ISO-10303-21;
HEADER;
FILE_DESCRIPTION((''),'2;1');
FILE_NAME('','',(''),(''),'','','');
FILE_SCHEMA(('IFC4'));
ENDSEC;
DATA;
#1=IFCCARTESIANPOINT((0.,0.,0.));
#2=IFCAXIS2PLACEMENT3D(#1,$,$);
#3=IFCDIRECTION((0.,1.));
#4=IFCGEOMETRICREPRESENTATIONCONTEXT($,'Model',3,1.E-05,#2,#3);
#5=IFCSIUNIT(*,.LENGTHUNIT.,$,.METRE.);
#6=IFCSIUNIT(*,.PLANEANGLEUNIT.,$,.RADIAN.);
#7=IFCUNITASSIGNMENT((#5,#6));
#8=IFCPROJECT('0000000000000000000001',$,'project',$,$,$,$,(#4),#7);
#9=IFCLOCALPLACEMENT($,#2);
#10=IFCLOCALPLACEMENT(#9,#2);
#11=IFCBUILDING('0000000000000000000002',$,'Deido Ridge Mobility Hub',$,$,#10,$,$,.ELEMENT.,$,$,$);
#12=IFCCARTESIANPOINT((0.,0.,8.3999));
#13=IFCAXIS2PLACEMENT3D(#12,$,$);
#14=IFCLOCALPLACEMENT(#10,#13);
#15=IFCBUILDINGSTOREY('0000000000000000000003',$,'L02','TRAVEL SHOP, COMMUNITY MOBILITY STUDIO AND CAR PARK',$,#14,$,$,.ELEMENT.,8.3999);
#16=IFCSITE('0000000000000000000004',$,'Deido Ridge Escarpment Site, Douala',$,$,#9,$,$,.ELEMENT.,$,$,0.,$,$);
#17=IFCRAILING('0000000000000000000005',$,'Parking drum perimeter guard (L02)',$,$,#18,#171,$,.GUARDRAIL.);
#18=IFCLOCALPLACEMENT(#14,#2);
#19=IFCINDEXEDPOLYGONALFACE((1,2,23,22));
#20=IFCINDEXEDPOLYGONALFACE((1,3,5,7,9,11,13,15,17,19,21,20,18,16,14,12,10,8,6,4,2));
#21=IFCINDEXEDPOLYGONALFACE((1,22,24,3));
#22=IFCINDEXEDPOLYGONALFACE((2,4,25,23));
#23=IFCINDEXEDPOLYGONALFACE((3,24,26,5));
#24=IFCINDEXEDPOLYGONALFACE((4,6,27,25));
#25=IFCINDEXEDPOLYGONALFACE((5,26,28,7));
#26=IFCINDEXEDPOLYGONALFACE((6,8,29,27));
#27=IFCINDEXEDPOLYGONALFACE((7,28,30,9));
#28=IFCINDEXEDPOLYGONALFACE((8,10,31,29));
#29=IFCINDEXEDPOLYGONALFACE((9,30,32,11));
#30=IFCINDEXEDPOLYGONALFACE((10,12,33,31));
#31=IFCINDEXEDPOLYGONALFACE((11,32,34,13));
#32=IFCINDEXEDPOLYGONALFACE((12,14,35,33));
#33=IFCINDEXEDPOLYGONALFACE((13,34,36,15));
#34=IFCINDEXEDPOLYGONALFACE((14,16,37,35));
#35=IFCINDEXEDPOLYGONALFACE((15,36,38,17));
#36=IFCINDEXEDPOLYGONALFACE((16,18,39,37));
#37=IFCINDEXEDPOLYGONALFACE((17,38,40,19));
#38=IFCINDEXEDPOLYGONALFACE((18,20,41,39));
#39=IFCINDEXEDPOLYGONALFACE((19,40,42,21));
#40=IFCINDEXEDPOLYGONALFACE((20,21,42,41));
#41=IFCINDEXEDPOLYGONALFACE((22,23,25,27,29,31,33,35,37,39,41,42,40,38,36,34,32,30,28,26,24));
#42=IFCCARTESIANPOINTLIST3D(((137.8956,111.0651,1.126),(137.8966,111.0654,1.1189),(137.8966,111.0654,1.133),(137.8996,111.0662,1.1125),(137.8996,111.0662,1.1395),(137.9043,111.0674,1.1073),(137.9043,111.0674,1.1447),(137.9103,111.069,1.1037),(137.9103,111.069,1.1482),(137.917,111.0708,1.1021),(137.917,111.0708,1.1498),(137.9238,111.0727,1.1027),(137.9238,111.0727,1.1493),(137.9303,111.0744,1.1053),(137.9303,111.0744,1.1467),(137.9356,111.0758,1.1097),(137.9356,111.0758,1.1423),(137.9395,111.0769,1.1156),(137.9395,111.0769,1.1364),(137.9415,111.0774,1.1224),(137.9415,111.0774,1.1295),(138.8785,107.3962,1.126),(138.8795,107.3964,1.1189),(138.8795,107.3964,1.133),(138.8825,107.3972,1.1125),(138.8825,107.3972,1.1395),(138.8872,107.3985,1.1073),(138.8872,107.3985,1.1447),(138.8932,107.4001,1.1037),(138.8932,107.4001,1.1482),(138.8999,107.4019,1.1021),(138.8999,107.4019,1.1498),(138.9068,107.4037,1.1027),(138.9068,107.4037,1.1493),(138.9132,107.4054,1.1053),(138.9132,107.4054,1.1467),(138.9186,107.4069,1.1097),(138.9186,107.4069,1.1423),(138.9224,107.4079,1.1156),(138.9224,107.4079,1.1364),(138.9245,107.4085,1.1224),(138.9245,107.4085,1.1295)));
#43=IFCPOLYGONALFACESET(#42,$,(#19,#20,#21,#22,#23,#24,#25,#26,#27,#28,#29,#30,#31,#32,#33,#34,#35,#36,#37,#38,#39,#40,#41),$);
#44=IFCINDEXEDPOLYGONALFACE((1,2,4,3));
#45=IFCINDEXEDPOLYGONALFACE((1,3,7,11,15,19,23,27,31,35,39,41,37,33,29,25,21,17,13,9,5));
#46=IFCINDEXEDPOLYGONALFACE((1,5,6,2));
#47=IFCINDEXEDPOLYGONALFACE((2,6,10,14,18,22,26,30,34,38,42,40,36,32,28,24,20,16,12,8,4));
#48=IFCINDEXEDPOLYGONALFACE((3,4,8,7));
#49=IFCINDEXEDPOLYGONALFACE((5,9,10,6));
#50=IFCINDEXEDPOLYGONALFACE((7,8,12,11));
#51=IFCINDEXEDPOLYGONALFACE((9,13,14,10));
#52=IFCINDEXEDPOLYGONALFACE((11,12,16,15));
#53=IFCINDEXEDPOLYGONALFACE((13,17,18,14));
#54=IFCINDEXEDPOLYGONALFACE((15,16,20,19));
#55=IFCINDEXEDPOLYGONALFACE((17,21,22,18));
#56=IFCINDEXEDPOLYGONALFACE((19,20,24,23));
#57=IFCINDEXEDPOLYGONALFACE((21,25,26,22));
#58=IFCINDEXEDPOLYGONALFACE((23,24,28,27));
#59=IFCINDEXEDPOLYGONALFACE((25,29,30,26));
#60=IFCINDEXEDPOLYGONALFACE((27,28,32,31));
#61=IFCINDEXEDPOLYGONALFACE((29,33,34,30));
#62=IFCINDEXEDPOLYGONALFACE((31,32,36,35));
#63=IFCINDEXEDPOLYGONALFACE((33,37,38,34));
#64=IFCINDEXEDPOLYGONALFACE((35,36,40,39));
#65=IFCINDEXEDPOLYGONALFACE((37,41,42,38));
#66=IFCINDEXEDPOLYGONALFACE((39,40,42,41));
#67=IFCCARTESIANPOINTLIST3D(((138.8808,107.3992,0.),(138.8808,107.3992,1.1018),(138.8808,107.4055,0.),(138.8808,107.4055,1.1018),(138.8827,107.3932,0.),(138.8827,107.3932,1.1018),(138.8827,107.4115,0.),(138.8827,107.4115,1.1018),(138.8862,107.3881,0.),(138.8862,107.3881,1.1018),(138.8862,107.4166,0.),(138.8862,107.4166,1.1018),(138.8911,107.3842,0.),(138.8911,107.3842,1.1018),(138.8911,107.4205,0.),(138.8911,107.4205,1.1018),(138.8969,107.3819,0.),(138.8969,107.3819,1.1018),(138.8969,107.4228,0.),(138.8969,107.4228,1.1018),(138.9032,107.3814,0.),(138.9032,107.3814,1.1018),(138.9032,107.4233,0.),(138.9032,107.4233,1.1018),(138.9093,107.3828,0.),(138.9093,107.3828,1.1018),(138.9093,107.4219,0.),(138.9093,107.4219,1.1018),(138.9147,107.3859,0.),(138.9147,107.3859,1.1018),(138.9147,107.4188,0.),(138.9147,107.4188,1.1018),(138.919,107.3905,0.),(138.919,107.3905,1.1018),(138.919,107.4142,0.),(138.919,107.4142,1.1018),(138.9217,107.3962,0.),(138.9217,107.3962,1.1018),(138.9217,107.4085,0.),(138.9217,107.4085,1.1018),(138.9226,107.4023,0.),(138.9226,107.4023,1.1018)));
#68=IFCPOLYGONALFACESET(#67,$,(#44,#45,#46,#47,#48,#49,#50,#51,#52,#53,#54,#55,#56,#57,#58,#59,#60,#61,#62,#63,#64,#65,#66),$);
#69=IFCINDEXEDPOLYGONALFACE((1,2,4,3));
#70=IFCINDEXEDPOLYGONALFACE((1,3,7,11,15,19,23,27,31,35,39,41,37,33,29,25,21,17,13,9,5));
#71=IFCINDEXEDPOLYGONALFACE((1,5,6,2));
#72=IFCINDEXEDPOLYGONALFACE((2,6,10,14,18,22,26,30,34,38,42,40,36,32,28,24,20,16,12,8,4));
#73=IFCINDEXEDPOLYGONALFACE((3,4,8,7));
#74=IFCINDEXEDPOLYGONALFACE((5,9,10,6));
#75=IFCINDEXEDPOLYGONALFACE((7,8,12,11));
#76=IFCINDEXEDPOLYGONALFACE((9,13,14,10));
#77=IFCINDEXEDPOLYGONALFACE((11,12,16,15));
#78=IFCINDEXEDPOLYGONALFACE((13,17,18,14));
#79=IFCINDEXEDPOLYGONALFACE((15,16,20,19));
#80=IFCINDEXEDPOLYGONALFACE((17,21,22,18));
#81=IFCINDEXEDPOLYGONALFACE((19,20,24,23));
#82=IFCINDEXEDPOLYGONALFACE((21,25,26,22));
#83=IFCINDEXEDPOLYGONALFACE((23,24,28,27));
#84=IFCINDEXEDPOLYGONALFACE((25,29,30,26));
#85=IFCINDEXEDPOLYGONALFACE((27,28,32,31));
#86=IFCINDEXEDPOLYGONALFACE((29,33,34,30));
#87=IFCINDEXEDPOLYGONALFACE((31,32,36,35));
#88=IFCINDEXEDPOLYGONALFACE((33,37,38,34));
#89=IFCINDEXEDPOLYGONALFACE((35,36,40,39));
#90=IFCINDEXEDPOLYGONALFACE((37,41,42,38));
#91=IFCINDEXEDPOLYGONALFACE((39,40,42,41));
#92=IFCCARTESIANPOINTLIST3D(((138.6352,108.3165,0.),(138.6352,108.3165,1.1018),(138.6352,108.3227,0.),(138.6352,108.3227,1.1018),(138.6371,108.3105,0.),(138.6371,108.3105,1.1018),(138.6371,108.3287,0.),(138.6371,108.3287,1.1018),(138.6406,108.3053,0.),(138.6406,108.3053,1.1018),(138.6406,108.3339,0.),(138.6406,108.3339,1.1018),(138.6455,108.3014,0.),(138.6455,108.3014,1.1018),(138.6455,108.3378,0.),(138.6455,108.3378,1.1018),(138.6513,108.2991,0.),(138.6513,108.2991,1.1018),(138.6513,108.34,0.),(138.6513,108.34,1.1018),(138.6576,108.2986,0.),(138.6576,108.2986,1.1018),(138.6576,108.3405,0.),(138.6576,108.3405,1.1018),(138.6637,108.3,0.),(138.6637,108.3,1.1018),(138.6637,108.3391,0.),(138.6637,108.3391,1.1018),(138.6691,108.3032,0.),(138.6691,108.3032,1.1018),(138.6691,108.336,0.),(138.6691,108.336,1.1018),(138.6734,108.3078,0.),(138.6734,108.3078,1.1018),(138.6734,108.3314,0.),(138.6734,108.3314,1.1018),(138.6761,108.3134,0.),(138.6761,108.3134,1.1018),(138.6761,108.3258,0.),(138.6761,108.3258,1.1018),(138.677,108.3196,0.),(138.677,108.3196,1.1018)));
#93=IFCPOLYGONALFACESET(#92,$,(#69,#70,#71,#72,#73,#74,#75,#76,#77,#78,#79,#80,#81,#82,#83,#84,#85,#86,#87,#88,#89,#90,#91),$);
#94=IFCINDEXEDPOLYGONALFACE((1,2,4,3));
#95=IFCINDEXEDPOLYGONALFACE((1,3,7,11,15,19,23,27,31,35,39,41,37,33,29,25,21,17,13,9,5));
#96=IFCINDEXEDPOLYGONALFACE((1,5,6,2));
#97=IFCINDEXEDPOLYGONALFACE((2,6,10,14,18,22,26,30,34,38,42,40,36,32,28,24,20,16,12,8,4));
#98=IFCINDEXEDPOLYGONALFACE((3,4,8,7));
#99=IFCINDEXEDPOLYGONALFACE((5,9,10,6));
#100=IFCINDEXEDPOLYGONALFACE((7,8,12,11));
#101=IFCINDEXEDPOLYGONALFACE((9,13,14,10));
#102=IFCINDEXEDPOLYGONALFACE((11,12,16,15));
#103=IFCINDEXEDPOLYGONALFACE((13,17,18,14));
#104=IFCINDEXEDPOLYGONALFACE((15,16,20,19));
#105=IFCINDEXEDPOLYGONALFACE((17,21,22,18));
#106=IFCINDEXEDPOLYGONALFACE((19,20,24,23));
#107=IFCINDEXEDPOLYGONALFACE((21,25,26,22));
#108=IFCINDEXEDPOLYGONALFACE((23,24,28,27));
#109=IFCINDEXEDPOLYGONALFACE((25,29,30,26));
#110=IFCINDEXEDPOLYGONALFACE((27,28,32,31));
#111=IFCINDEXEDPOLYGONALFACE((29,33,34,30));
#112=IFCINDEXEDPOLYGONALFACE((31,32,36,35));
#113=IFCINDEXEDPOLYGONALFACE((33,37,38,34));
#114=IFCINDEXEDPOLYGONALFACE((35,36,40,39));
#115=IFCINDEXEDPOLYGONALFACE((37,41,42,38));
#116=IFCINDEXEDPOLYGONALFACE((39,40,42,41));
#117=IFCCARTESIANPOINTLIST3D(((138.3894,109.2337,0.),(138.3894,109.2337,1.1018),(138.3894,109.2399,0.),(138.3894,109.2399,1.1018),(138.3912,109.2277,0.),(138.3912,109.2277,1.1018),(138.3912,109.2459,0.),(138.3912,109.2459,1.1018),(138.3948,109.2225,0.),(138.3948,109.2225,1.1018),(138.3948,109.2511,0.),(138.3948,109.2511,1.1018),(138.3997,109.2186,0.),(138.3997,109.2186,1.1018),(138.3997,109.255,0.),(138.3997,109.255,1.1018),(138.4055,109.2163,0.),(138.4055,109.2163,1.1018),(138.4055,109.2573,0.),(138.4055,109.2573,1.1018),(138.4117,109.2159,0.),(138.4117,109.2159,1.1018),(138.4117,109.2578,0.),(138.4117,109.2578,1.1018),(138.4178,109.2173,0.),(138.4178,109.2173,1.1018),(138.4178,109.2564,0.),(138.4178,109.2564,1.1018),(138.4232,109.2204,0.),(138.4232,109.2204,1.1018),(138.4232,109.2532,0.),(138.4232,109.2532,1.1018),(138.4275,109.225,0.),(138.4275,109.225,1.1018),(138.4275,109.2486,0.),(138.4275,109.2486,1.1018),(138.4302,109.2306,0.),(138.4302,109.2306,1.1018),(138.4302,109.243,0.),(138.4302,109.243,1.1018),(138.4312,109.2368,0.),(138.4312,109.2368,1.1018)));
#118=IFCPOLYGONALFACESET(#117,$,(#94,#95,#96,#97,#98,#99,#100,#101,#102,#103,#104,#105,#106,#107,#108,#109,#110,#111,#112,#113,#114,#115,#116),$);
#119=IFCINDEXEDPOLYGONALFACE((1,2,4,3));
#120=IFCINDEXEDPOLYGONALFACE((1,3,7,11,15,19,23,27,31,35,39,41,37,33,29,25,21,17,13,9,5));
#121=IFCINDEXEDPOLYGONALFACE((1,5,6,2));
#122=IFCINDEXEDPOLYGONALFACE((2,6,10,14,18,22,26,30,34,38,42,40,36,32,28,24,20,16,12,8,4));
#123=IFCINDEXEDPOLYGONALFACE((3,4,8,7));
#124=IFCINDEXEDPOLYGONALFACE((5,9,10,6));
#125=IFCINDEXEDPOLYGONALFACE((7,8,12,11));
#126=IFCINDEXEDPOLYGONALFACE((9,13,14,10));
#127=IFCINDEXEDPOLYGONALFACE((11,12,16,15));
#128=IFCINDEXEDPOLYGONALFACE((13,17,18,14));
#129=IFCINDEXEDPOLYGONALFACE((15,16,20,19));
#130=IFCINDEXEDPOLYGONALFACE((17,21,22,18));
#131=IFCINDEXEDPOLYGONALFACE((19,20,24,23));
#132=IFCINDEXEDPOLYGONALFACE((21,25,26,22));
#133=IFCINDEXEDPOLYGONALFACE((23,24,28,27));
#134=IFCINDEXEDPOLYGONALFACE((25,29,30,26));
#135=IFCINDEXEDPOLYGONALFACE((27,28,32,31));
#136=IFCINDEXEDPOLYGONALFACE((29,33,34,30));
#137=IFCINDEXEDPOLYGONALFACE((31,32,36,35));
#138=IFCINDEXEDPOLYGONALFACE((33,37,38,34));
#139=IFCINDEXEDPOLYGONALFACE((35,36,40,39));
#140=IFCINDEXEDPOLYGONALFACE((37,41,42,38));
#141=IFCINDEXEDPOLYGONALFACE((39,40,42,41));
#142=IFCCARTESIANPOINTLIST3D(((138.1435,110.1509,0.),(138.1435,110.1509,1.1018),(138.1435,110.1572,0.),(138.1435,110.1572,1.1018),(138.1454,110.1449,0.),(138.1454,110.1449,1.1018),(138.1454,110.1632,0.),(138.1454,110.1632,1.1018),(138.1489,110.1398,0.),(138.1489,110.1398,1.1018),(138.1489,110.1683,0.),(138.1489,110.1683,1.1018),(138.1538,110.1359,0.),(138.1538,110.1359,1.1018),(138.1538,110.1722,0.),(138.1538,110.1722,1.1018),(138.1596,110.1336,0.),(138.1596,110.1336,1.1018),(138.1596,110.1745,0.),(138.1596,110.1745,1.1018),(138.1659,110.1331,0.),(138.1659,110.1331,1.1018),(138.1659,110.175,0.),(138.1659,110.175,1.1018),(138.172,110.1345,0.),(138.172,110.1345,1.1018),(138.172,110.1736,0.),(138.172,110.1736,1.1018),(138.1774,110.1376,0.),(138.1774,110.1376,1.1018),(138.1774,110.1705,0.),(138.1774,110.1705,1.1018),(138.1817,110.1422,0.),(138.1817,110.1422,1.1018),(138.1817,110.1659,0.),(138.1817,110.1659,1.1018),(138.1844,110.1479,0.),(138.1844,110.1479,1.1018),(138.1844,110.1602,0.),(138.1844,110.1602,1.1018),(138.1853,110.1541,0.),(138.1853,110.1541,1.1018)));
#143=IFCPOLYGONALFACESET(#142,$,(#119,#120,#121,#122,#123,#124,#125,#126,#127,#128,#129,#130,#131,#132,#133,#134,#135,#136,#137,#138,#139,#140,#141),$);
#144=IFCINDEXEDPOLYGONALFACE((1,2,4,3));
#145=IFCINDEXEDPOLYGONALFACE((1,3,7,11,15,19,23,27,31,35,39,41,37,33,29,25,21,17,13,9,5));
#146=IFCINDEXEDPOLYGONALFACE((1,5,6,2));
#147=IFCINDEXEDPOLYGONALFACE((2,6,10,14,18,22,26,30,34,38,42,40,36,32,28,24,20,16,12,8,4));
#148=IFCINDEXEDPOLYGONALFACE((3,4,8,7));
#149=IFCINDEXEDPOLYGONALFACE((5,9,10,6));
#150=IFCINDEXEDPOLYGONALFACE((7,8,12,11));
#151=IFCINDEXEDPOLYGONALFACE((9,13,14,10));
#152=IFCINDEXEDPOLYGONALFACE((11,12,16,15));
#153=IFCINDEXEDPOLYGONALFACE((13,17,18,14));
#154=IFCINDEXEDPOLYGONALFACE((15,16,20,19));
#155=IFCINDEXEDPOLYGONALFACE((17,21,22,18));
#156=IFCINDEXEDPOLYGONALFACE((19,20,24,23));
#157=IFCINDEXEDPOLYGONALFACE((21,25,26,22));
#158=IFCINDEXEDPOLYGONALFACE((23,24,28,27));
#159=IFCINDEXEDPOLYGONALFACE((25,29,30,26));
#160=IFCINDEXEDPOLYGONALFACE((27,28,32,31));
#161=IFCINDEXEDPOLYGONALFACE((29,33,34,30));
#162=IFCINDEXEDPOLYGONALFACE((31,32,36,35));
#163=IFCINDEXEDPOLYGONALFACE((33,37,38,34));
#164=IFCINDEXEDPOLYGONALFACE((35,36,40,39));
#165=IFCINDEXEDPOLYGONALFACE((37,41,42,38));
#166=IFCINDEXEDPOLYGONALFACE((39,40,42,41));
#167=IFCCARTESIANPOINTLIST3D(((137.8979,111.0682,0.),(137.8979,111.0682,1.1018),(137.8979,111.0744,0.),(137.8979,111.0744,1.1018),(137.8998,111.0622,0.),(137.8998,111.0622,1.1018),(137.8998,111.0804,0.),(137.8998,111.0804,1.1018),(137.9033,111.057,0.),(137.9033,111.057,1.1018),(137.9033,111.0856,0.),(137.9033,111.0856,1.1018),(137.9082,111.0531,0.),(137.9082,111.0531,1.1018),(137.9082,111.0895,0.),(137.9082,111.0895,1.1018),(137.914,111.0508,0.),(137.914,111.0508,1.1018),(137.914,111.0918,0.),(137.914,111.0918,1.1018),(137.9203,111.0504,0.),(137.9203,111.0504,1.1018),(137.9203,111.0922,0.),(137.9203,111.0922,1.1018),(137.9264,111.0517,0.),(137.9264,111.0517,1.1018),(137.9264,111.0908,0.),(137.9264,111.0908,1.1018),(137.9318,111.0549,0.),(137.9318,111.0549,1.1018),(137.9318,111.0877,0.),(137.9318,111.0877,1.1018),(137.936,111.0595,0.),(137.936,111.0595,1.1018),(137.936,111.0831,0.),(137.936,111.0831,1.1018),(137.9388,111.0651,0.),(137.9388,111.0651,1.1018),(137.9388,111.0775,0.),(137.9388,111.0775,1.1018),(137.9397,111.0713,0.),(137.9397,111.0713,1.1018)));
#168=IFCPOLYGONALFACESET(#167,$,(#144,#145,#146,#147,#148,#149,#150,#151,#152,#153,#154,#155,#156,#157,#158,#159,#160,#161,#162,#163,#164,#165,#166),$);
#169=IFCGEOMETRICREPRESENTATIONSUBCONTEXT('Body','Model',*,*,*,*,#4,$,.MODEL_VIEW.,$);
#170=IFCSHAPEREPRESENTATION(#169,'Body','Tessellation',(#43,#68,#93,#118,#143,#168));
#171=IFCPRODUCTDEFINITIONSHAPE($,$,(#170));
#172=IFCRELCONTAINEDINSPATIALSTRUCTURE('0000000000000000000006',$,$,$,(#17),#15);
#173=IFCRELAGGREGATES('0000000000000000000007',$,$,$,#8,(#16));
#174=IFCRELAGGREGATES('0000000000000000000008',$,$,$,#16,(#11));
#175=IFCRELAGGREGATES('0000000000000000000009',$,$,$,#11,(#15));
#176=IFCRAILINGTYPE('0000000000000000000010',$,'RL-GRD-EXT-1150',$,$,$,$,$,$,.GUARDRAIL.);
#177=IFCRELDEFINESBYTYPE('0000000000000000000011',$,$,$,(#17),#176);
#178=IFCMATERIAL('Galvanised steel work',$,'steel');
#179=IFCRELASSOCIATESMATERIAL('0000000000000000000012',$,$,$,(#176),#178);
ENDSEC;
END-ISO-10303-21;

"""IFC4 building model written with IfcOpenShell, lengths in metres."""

from ifc_helpers import new_model, si_unit, direction, frame, origin, origin_2d, place, context, subcontext, project, spatial, circle, extrude, material, type_object, element, save


model = new_model("IFC4")

# Units and contexts
model_context = context("Model", 3, precision=1e-05, world=origin(), true_north=direction((0.0, 1.0)))
body_context = subcontext(model_context, "Body", "Model", "MODEL_VIEW")
ifc_project = project(units=[si_unit("LENGTHUNIT", "METRE"), si_unit("PLANEANGLEUNIT", "RADIAN")], contexts=[model_context])

# Site, building, storey
site_placement = place(None, origin())
site = spatial("IfcSite", under=ifc_project, at=site_placement, Name="Deido Ridge Escarpment Site, Douala", CompositionType="ELEMENT", RefElevation=0.0)
building_placement = place(site_placement, origin())
building = spatial("IfcBuilding", under=site, at=building_placement, Name="Deido Ridge Mobility Hub", CompositionType="ELEMENT")
storey_placement = place(building_placement, frame((0.0, 0.0, 8.3999)))
storey = spatial("IfcBuildingStorey", under=building, at=storey_placement, Name="L02", Description="TRAVEL SHOP, COMMUNITY MOBILITY STUDIO AND CAR PARK", CompositionType="ELEMENT", Elevation=8.3999)

# Railing
ifc_material_1 = material(Name="Galvanised steel work", Category="steel")
railing_type = type_object("IfcRailingType", Name="RL-GRD-EXT-1150", PredefinedType="GUARDRAIL", material=ifc_material_1)
railing_1_placement = place(storey_placement, frame((138.9016, 107.4023, 0.0)))
element("IfcRailing", 1, at=railing_1_placement, inside=storey, type_object=railing_type, Name="Parking drum perimeter guard (L02)", PredefinedType="GUARDRAIL", context=body_context, shape_type="SweptSolid", body=[
    extrude(circle(Radius=0.0239, at=origin_2d()), frame((0.0, 0.0, 1.126), z_axis=(-0.258775, 0.965938, 0.0), x_axis=(-0.965938, -0.258775, 0.0)), (0.0, 0.0, 1.0), 3.7983),
    extrude(circle(Radius=0.021, at=origin_2d()), origin(), (0.0, 0.0, 1.0), 1.1018),
    extrude(circle(Radius=0.021, at=origin_2d()), frame((-0.2456, 0.9172, 0.0)), (0.0, 0.0, 1.0), 1.1018),
    extrude(circle(Radius=0.021, at=origin_2d()), frame((-0.4915, 1.8345, 0.0)), (0.0, 0.0, 1.0), 1.1018),
    extrude(circle(Radius=0.021, at=origin_2d()), frame((-0.7373, 2.7517, 0.0)), (0.0, 0.0, 1.0), 1.1018),
    extrude(circle(Radius=0.021, at=origin_2d()), frame((-0.9829, 3.6689, 0.0)), (0.0, 0.0, 1.0), 1.1018),
])

save(model, "model.ifc")
